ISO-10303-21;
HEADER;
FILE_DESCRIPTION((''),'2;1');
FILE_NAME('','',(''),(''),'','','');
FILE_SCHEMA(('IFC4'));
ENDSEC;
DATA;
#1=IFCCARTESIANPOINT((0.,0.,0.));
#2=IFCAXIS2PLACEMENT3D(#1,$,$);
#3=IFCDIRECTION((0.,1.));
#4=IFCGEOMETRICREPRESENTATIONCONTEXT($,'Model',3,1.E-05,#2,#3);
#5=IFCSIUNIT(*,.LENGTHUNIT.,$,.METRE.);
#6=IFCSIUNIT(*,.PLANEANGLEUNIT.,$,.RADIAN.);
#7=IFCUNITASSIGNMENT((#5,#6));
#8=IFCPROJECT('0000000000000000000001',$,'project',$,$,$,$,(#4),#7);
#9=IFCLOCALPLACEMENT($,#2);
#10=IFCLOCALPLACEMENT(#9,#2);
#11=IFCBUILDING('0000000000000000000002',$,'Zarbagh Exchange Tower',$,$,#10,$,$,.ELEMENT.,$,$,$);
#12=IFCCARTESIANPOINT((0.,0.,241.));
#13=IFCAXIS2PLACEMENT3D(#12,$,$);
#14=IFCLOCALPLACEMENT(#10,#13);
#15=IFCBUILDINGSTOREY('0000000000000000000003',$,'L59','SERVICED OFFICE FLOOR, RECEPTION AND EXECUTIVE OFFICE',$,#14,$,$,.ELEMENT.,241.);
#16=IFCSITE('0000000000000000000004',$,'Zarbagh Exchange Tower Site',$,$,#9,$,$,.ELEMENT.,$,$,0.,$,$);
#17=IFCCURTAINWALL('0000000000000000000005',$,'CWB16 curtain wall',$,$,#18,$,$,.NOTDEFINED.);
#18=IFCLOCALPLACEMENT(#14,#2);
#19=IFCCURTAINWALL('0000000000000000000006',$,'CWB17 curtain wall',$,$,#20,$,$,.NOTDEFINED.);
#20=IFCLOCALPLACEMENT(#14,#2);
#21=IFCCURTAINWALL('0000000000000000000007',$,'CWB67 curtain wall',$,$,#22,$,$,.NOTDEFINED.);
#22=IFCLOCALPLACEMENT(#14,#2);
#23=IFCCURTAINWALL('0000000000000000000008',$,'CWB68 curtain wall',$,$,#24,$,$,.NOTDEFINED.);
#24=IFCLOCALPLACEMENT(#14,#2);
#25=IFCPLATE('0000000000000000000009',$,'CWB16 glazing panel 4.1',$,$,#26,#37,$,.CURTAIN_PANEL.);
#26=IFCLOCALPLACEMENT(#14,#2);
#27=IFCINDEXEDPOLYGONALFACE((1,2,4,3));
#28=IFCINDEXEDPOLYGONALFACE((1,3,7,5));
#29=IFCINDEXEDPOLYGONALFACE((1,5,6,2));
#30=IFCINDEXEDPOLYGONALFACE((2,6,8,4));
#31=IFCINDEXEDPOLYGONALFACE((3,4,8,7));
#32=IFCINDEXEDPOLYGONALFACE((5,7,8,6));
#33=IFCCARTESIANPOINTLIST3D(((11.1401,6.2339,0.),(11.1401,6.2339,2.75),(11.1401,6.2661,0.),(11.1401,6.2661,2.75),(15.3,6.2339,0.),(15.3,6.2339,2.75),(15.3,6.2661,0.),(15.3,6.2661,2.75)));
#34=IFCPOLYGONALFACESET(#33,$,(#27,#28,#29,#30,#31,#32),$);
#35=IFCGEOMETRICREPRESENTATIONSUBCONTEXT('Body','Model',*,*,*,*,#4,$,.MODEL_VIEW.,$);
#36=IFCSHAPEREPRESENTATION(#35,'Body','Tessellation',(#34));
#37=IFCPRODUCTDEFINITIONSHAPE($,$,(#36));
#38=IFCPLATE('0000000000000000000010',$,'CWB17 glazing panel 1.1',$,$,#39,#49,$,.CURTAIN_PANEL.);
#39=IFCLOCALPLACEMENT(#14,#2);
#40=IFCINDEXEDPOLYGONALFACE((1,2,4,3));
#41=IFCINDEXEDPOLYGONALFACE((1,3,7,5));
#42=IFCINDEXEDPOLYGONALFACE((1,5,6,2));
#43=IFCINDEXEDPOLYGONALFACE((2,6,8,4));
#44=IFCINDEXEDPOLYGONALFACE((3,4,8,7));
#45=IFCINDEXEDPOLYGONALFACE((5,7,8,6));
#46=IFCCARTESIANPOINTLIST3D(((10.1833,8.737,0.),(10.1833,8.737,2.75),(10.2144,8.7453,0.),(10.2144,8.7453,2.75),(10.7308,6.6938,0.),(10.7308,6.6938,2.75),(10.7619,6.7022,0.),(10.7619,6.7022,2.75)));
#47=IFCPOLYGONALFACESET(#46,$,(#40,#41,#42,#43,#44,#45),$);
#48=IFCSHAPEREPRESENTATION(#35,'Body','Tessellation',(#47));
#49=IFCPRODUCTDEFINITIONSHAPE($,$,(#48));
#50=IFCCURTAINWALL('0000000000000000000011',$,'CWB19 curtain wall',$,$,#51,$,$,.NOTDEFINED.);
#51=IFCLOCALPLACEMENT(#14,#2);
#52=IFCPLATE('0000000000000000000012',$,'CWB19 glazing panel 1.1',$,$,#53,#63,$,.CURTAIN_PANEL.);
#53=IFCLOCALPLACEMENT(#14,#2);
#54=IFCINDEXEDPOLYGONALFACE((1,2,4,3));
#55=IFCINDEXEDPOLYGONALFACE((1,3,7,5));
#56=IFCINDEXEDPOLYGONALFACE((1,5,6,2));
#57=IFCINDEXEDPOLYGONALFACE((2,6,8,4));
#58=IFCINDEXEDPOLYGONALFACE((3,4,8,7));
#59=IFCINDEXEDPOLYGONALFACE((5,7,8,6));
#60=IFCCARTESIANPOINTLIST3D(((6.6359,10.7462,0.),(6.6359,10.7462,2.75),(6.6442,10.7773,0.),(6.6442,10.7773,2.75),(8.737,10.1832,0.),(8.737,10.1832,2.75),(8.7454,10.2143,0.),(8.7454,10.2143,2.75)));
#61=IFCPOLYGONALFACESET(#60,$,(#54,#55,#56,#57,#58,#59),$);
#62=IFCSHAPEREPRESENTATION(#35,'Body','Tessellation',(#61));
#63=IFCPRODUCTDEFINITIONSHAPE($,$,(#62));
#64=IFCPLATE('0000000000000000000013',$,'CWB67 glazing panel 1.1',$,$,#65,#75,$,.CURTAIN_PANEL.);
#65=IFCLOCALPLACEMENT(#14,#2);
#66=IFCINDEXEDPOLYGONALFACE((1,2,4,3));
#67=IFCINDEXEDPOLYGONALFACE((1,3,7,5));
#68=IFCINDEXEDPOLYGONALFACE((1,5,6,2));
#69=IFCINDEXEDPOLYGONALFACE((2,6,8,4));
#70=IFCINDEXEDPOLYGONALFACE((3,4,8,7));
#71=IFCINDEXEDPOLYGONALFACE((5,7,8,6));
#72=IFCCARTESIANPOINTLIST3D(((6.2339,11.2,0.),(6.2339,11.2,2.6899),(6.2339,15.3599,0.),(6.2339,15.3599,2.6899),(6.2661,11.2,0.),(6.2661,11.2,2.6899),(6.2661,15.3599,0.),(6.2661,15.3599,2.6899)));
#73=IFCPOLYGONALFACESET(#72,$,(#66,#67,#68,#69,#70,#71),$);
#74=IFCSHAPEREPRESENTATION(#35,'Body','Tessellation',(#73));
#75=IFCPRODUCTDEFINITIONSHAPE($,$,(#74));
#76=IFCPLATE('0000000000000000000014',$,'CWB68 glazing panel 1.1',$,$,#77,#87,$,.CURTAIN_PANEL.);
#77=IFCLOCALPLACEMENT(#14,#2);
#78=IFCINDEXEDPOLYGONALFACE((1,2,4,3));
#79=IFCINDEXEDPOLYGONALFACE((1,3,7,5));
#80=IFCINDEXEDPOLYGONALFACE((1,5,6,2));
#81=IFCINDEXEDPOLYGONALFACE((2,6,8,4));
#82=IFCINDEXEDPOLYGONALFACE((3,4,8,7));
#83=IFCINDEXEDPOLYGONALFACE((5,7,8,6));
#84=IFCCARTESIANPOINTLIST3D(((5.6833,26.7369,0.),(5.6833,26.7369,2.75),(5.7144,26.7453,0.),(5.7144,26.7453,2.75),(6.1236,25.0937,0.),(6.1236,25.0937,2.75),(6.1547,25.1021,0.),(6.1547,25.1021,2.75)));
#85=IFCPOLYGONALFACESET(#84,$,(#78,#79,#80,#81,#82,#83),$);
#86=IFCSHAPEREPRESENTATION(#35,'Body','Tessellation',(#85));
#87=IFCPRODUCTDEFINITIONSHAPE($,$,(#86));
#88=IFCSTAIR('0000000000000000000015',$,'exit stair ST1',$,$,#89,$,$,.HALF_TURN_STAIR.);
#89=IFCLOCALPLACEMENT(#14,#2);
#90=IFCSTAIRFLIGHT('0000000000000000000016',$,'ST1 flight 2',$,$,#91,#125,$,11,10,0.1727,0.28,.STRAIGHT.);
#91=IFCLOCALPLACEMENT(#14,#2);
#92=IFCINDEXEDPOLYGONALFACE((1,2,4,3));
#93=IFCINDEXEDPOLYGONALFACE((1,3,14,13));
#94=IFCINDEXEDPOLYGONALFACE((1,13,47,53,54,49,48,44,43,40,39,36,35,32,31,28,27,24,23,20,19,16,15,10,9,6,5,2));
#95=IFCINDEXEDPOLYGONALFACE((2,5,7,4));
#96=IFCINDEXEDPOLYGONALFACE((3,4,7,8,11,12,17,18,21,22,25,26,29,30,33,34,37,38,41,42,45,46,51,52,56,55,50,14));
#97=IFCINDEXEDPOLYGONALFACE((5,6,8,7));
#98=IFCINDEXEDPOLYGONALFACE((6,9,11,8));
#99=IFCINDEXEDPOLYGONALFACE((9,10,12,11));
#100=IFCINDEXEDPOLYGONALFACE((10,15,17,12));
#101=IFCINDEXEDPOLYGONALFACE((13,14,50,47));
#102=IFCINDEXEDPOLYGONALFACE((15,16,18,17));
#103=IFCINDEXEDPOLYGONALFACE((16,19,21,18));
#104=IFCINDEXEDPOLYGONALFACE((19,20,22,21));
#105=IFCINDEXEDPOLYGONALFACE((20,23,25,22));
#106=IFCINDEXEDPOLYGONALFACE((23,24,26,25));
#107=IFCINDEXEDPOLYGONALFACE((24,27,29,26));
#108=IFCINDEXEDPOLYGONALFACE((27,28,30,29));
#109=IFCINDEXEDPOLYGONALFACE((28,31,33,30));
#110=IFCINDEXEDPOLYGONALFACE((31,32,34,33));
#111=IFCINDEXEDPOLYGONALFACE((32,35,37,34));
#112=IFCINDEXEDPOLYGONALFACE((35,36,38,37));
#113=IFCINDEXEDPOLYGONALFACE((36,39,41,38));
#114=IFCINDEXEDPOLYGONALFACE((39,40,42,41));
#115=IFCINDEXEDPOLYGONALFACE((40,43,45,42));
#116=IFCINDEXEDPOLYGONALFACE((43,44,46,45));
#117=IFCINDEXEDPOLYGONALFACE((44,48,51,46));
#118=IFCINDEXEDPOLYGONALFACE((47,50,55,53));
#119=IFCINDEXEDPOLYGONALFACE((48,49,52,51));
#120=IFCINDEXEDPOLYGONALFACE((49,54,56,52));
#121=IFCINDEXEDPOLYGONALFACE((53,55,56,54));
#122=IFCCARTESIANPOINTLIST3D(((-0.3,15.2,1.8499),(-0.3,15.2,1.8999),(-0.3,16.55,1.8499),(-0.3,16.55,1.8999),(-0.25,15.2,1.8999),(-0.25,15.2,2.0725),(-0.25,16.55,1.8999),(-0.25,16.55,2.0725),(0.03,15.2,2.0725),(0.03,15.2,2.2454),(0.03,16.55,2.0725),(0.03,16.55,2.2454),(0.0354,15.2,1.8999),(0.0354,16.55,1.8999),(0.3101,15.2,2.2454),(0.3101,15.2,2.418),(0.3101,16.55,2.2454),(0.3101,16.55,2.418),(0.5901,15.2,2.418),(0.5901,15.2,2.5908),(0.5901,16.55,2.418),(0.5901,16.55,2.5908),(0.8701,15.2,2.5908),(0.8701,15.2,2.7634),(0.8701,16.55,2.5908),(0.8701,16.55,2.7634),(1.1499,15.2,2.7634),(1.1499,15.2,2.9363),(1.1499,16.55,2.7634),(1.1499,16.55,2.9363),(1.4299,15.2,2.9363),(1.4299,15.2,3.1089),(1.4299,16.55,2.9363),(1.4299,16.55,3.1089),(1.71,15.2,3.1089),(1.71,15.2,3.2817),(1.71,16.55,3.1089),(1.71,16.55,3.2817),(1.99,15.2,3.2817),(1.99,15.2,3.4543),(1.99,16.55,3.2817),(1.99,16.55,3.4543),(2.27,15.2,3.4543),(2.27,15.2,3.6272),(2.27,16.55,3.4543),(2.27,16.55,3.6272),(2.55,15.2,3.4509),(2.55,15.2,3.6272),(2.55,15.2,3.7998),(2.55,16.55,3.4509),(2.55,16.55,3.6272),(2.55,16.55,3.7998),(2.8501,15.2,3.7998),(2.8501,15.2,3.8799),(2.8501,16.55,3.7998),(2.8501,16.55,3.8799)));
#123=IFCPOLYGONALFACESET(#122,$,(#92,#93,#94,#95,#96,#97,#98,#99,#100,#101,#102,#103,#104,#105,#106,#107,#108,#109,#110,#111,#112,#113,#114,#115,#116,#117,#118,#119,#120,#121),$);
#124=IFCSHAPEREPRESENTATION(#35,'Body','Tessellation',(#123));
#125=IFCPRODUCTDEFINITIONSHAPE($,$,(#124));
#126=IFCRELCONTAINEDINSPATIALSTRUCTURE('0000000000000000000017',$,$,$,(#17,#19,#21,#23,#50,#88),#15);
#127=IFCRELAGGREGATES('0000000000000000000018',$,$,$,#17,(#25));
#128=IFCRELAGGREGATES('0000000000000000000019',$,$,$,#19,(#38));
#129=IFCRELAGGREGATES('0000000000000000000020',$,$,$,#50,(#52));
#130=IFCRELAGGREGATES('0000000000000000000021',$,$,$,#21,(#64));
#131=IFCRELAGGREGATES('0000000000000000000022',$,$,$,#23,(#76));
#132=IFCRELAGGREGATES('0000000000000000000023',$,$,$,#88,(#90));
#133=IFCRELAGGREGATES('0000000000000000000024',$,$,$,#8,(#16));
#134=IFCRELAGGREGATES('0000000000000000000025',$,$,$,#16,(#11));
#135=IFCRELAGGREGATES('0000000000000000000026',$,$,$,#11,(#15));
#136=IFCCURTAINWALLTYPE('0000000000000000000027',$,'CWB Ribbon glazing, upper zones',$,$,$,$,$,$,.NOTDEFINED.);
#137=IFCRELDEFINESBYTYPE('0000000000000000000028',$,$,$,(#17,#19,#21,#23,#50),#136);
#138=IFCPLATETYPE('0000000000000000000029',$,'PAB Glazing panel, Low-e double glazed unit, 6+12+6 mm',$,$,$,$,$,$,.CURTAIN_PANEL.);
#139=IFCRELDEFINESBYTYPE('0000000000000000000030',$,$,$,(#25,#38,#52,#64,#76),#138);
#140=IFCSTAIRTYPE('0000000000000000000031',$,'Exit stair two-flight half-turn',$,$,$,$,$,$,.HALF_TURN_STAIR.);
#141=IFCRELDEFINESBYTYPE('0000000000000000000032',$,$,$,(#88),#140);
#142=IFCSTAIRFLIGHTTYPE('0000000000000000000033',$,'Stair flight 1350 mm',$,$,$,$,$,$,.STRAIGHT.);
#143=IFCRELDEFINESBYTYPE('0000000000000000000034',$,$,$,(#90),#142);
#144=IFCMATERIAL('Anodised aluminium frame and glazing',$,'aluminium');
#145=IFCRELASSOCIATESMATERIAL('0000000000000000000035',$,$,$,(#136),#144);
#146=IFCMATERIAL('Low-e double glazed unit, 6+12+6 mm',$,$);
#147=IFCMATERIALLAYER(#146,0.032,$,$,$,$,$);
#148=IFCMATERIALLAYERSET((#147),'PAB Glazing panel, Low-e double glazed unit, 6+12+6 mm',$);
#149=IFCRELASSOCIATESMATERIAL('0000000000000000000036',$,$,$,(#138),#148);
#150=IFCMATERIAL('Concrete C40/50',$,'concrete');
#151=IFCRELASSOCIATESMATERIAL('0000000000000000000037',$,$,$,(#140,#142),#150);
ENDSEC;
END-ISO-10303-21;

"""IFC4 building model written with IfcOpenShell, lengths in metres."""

from ifc_helpers import new_model, si_unit, direction, frame, origin, place, context, subcontext, project, spatial, polyline, outline, extrude, source, transform, mapped, material, layer, layer_set, type_object, element, aggregate, save


model = new_model("IFC4")

# Units and contexts
model_context = context("Model", 3, precision=1e-05, world=origin(), true_north=direction((0.0, 1.0)))
body_context = subcontext(model_context, "Body", "Model", "MODEL_VIEW")
ifc_project = project(units=[si_unit("LENGTHUNIT", "METRE"), si_unit("PLANEANGLEUNIT", "RADIAN")], contexts=[model_context])

# Site, building, storey
site_placement = place(None, origin())
site = spatial("IfcSite", under=ifc_project, at=site_placement, Name="Zarbagh Exchange Tower Site", CompositionType="ELEMENT", RefElevation=0.0)
building_placement = place(site_placement, origin())
building = spatial("IfcBuilding", under=site, at=building_placement, Name="Zarbagh Exchange Tower", CompositionType="ELEMENT")
storey_placement = place(building_placement, frame((0.0, 0.0, 241.0)))
storey = spatial("IfcBuildingStorey", under=building, at=storey_placement, Name="L59", Description="SERVICED OFFICE FLOOR, RECEPTION AND EXECUTIVE OFFICE", CompositionType="ELEMENT", Elevation=241.0)

# Curtain wall
ifc_material_1 = material(Name="Anodised aluminium frame and glazing", Category="aluminium")
curtain_wall_type = type_object("IfcCurtainWallType", Name="CWB Ribbon glazing, upper zones", PredefinedType="NOTDEFINED", material=ifc_material_1)
curtain_wall_1_placement = place(storey_placement, origin())
curtain_wall_1 = element("IfcCurtainWall", 1, at=curtain_wall_1_placement, inside=storey, type_object=curtain_wall_type, Name="CWB16 curtain wall", PredefinedType="NOTDEFINED")
placement = place(storey_placement, origin())

# Curtain wall
curtain_wall_2_placement = place(storey_placement, origin())
curtain_wall_2 = element("IfcCurtainWall", 2, at=curtain_wall_2_placement, inside=storey, type_object=curtain_wall_type, Name="CWB17 curtain wall", PredefinedType="NOTDEFINED")

# Curtain wall
curtain_wall_3_placement = place(storey_placement, origin())
curtain_wall_3 = element("IfcCurtainWall", 3, at=curtain_wall_3_placement, inside=storey, type_object=curtain_wall_type, Name="CWB67 curtain wall", PredefinedType="NOTDEFINED")

# Curtain wall
curtain_wall_4_placement = place(storey_placement, origin())
curtain_wall_4 = element("IfcCurtainWall", 4, at=curtain_wall_4_placement, inside=storey, type_object=curtain_wall_type, Name="CWB68 curtain wall", PredefinedType="NOTDEFINED")

# Shared definitions
ifc_material_2 = material(Name="Low-e double glazed unit, 6+12+6 mm")
ifc_layer = layer(ifc_material_2, 0.032)
ifc_layer_set = layer_set([ifc_layer], Name="PAB Glazing panel, Low-e double glazed unit, 6+12+6 mm")
plate_type = type_object("IfcPlateType", Name="PAB Glazing panel, Low-e double glazed unit, 6+12+6 mm", PredefinedType="CURTAIN_PANEL", material=ifc_layer_set)

# Plates
shared_shape_1 = source(origin(), body_context, "Body", "SweptSolid", [
    extrude(outline(polyline([(0.0, -0.0161), (4.1599, -0.0161), (4.1599, 0.0161), (0.0, 0.0161), (0.0, -0.0161)])), origin(), (0.0, 0.0, 1.0), 2.75),
])
plate_1 = element("IfcPlate", 5, at=placement, type_object=plate_type, Name="CWB16 glazing panel 4.1", PredefinedType="CURTAIN_PANEL", context=body_context, shape_type="MappedRepresentation", body=[
    mapped(shared_shape_1, transform((15.3, 6.25, 0.0), x_axis=(-1.0, 0.0, 0.0), y_axis=(0.0, -1.0, 0.0), z_axis=(0.0, 0.0, 1.0))),
])
aggregate(curtain_wall_1, [plate_1])
shared_shape_2 = source(origin(), body_context, "Body", "SweptSolid", [
    extrude(outline(polyline([(0.0, -0.0161), (2.1152, -0.0161), (2.1152, 0.0161), (0.0, 0.0161), (0.0, -0.0161)])), origin(), (0.0, 0.0, 1.0), 2.75),
])
plate_2 = element("IfcPlate", 6, at=placement, type_object=plate_type, Name="CWB17 glazing panel 1.1", PredefinedType="CURTAIN_PANEL", context=body_context, shape_type="MappedRepresentation", body=[
    mapped(shared_shape_2, transform((10.7463, 6.698, 0.0), x_axis=(-0.258825, 0.965924, 0.0), y_axis=(-0.965924, -0.258825, 0.0), z_axis=(0.0, 0.0, 1.0))),
])
aggregate(curtain_wall_2, [plate_2])

# Curtain wall, plate
curtain_wall_5_placement = place(storey_placement, origin())
curtain_wall_5 = element("IfcCurtainWall", 7, at=curtain_wall_5_placement, inside=storey, type_object=curtain_wall_type, Name="CWB19 curtain wall", PredefinedType="NOTDEFINED")
shared_shape_3 = source(origin(), body_context, "Body", "SweptSolid", [
    extrude(outline(polyline([(0.0, -0.0161), (2.1753, -0.0161), (2.1753, 0.0161), (0.0, 0.0161), (0.0, -0.0161)])), origin(), (0.0, 0.0, 1.0), 2.75),
])
plate_3 = element("IfcPlate", 8, at=placement, type_object=plate_type, Name="CWB19 glazing panel 1.1", PredefinedType="CURTAIN_PANEL", context=body_context, shape_type="MappedRepresentation", body=[
    mapped(shared_shape_3, transform((8.7412, 10.1987, 0.0), x_axis=(-0.965924, 0.258825, 0.0), y_axis=(-0.258825, -0.965924, 0.0), z_axis=(0.0, 0.0, 1.0))),
])
aggregate(curtain_wall_5, [plate_3])

# Plates
shared_shape_4 = source(origin(), body_context, "Body", "SweptSolid", [
    extrude(outline(polyline([(0.0, -0.0161), (4.1599, -0.0161), (4.1599, 0.0161), (0.0, 0.0161), (0.0, -0.0161)])), origin(), (0.0, 0.0, 1.0), 2.6899),
])
plate_4 = element("IfcPlate", 9, at=placement, type_object=plate_type, Name="CWB67 glazing panel 1.1", PredefinedType="CURTAIN_PANEL", context=body_context, shape_type="MappedRepresentation", body=[
    mapped(shared_shape_4, transform((6.25, 11.2, 0.0), x_axis=(0.0, 1.0, 0.0), y_axis=(-1.0, 0.0, 0.0), z_axis=(0.0, 0.0, 1.0))),
])
aggregate(curtain_wall_3, [plate_4])
shared_shape_5 = source(origin(), body_context, "Body", "SweptSolid", [
    extrude(outline(polyline([(0.0, -0.0161), (1.7012, -0.0161), (1.7012, 0.0161), (0.0, 0.0161), (0.0, -0.0161)])), origin(), (0.0, 0.0, 1.0), 2.75),
])
plate_5 = element("IfcPlate", 10, at=placement, type_object=plate_type, Name="CWB68 glazing panel 1.1", PredefinedType="CURTAIN_PANEL", context=body_context, shape_type="MappedRepresentation", body=[
    mapped(shared_shape_5, transform((6.1392, 25.0979, 0.0), x_axis=(-0.258825, 0.965924, 0.0), y_axis=(-0.965924, -0.258825, 0.0), z_axis=(0.0, 0.0, 1.0))),
])
aggregate(curtain_wall_4, [plate_5])

# Stair, stair flight
ifc_material_3 = material(Name="Concrete C40/50", Category="concrete")
stair_type = type_object("IfcStairType", Name="Exit stair two-flight half-turn", PredefinedType="HALF_TURN_STAIR", material=ifc_material_3)
stair_placement = place(storey_placement, origin())
stair = element("IfcStair", 11, at=stair_placement, inside=storey, type_object=stair_type, Name="exit stair ST1", PredefinedType="HALF_TURN_STAIR")
stair_flight_type = type_object("IfcStairFlightType", Name="Stair flight 1350 mm", PredefinedType="STRAIGHT", material=ifc_material_3)
stair_flight_placement = place(storey_placement, frame((-0.25, 15.875, 1.8999), z_axis=(0.0, 0.0, 1.0), x_axis=(1.0, 0.0, 0.0)))
stair_flight = element("IfcStairFlight", 12, at=stair_flight_placement, type_object=stair_flight_type, Name="ST1 flight 2", NumberOfRisers=11, NumberOfTreads=10, PredefinedType="STRAIGHT", RiserHeight=0.1727, TreadLength=0.28, context=body_context, shape_type="SweptSolid", body=[
    extrude(outline(polyline([(-0.05, -0.05), (-0.05, 0.0), (0.0, 0.0), (0.0, 0.1726), (0.28, 0.1726), (0.28, 0.3455), (0.5601, 0.3455), (0.5601, 0.5181), (0.8401, 0.5181), (0.8401, 0.6909), (1.1201, 0.6909), (1.1201, 0.8635), (1.3999, 0.8635), (1.3999, 1.0364), (1.6799, 1.0364), (1.6799, 1.209), (1.96, 1.209), (1.96, 1.3818), (2.24, 1.3818), (2.24, 1.5544), (2.52, 1.5544), (2.52, 1.7273), (2.8, 1.7273), (2.8, 1.8999), (3.1001, 1.98), (3.1001, 1.8999), (2.8, 1.551), (0.2854, 0.0), (-0.05, -0.05)])), frame((0.0, 0.675, 0.0), z_axis=(0.0, -1.0, 0.0), x_axis=(1.0, 0.0, 0.0)), (0.0, 0.0, 1.0), 1.3501),
])
aggregate(stair, [stair_flight])

save(model, "model.ifc")
